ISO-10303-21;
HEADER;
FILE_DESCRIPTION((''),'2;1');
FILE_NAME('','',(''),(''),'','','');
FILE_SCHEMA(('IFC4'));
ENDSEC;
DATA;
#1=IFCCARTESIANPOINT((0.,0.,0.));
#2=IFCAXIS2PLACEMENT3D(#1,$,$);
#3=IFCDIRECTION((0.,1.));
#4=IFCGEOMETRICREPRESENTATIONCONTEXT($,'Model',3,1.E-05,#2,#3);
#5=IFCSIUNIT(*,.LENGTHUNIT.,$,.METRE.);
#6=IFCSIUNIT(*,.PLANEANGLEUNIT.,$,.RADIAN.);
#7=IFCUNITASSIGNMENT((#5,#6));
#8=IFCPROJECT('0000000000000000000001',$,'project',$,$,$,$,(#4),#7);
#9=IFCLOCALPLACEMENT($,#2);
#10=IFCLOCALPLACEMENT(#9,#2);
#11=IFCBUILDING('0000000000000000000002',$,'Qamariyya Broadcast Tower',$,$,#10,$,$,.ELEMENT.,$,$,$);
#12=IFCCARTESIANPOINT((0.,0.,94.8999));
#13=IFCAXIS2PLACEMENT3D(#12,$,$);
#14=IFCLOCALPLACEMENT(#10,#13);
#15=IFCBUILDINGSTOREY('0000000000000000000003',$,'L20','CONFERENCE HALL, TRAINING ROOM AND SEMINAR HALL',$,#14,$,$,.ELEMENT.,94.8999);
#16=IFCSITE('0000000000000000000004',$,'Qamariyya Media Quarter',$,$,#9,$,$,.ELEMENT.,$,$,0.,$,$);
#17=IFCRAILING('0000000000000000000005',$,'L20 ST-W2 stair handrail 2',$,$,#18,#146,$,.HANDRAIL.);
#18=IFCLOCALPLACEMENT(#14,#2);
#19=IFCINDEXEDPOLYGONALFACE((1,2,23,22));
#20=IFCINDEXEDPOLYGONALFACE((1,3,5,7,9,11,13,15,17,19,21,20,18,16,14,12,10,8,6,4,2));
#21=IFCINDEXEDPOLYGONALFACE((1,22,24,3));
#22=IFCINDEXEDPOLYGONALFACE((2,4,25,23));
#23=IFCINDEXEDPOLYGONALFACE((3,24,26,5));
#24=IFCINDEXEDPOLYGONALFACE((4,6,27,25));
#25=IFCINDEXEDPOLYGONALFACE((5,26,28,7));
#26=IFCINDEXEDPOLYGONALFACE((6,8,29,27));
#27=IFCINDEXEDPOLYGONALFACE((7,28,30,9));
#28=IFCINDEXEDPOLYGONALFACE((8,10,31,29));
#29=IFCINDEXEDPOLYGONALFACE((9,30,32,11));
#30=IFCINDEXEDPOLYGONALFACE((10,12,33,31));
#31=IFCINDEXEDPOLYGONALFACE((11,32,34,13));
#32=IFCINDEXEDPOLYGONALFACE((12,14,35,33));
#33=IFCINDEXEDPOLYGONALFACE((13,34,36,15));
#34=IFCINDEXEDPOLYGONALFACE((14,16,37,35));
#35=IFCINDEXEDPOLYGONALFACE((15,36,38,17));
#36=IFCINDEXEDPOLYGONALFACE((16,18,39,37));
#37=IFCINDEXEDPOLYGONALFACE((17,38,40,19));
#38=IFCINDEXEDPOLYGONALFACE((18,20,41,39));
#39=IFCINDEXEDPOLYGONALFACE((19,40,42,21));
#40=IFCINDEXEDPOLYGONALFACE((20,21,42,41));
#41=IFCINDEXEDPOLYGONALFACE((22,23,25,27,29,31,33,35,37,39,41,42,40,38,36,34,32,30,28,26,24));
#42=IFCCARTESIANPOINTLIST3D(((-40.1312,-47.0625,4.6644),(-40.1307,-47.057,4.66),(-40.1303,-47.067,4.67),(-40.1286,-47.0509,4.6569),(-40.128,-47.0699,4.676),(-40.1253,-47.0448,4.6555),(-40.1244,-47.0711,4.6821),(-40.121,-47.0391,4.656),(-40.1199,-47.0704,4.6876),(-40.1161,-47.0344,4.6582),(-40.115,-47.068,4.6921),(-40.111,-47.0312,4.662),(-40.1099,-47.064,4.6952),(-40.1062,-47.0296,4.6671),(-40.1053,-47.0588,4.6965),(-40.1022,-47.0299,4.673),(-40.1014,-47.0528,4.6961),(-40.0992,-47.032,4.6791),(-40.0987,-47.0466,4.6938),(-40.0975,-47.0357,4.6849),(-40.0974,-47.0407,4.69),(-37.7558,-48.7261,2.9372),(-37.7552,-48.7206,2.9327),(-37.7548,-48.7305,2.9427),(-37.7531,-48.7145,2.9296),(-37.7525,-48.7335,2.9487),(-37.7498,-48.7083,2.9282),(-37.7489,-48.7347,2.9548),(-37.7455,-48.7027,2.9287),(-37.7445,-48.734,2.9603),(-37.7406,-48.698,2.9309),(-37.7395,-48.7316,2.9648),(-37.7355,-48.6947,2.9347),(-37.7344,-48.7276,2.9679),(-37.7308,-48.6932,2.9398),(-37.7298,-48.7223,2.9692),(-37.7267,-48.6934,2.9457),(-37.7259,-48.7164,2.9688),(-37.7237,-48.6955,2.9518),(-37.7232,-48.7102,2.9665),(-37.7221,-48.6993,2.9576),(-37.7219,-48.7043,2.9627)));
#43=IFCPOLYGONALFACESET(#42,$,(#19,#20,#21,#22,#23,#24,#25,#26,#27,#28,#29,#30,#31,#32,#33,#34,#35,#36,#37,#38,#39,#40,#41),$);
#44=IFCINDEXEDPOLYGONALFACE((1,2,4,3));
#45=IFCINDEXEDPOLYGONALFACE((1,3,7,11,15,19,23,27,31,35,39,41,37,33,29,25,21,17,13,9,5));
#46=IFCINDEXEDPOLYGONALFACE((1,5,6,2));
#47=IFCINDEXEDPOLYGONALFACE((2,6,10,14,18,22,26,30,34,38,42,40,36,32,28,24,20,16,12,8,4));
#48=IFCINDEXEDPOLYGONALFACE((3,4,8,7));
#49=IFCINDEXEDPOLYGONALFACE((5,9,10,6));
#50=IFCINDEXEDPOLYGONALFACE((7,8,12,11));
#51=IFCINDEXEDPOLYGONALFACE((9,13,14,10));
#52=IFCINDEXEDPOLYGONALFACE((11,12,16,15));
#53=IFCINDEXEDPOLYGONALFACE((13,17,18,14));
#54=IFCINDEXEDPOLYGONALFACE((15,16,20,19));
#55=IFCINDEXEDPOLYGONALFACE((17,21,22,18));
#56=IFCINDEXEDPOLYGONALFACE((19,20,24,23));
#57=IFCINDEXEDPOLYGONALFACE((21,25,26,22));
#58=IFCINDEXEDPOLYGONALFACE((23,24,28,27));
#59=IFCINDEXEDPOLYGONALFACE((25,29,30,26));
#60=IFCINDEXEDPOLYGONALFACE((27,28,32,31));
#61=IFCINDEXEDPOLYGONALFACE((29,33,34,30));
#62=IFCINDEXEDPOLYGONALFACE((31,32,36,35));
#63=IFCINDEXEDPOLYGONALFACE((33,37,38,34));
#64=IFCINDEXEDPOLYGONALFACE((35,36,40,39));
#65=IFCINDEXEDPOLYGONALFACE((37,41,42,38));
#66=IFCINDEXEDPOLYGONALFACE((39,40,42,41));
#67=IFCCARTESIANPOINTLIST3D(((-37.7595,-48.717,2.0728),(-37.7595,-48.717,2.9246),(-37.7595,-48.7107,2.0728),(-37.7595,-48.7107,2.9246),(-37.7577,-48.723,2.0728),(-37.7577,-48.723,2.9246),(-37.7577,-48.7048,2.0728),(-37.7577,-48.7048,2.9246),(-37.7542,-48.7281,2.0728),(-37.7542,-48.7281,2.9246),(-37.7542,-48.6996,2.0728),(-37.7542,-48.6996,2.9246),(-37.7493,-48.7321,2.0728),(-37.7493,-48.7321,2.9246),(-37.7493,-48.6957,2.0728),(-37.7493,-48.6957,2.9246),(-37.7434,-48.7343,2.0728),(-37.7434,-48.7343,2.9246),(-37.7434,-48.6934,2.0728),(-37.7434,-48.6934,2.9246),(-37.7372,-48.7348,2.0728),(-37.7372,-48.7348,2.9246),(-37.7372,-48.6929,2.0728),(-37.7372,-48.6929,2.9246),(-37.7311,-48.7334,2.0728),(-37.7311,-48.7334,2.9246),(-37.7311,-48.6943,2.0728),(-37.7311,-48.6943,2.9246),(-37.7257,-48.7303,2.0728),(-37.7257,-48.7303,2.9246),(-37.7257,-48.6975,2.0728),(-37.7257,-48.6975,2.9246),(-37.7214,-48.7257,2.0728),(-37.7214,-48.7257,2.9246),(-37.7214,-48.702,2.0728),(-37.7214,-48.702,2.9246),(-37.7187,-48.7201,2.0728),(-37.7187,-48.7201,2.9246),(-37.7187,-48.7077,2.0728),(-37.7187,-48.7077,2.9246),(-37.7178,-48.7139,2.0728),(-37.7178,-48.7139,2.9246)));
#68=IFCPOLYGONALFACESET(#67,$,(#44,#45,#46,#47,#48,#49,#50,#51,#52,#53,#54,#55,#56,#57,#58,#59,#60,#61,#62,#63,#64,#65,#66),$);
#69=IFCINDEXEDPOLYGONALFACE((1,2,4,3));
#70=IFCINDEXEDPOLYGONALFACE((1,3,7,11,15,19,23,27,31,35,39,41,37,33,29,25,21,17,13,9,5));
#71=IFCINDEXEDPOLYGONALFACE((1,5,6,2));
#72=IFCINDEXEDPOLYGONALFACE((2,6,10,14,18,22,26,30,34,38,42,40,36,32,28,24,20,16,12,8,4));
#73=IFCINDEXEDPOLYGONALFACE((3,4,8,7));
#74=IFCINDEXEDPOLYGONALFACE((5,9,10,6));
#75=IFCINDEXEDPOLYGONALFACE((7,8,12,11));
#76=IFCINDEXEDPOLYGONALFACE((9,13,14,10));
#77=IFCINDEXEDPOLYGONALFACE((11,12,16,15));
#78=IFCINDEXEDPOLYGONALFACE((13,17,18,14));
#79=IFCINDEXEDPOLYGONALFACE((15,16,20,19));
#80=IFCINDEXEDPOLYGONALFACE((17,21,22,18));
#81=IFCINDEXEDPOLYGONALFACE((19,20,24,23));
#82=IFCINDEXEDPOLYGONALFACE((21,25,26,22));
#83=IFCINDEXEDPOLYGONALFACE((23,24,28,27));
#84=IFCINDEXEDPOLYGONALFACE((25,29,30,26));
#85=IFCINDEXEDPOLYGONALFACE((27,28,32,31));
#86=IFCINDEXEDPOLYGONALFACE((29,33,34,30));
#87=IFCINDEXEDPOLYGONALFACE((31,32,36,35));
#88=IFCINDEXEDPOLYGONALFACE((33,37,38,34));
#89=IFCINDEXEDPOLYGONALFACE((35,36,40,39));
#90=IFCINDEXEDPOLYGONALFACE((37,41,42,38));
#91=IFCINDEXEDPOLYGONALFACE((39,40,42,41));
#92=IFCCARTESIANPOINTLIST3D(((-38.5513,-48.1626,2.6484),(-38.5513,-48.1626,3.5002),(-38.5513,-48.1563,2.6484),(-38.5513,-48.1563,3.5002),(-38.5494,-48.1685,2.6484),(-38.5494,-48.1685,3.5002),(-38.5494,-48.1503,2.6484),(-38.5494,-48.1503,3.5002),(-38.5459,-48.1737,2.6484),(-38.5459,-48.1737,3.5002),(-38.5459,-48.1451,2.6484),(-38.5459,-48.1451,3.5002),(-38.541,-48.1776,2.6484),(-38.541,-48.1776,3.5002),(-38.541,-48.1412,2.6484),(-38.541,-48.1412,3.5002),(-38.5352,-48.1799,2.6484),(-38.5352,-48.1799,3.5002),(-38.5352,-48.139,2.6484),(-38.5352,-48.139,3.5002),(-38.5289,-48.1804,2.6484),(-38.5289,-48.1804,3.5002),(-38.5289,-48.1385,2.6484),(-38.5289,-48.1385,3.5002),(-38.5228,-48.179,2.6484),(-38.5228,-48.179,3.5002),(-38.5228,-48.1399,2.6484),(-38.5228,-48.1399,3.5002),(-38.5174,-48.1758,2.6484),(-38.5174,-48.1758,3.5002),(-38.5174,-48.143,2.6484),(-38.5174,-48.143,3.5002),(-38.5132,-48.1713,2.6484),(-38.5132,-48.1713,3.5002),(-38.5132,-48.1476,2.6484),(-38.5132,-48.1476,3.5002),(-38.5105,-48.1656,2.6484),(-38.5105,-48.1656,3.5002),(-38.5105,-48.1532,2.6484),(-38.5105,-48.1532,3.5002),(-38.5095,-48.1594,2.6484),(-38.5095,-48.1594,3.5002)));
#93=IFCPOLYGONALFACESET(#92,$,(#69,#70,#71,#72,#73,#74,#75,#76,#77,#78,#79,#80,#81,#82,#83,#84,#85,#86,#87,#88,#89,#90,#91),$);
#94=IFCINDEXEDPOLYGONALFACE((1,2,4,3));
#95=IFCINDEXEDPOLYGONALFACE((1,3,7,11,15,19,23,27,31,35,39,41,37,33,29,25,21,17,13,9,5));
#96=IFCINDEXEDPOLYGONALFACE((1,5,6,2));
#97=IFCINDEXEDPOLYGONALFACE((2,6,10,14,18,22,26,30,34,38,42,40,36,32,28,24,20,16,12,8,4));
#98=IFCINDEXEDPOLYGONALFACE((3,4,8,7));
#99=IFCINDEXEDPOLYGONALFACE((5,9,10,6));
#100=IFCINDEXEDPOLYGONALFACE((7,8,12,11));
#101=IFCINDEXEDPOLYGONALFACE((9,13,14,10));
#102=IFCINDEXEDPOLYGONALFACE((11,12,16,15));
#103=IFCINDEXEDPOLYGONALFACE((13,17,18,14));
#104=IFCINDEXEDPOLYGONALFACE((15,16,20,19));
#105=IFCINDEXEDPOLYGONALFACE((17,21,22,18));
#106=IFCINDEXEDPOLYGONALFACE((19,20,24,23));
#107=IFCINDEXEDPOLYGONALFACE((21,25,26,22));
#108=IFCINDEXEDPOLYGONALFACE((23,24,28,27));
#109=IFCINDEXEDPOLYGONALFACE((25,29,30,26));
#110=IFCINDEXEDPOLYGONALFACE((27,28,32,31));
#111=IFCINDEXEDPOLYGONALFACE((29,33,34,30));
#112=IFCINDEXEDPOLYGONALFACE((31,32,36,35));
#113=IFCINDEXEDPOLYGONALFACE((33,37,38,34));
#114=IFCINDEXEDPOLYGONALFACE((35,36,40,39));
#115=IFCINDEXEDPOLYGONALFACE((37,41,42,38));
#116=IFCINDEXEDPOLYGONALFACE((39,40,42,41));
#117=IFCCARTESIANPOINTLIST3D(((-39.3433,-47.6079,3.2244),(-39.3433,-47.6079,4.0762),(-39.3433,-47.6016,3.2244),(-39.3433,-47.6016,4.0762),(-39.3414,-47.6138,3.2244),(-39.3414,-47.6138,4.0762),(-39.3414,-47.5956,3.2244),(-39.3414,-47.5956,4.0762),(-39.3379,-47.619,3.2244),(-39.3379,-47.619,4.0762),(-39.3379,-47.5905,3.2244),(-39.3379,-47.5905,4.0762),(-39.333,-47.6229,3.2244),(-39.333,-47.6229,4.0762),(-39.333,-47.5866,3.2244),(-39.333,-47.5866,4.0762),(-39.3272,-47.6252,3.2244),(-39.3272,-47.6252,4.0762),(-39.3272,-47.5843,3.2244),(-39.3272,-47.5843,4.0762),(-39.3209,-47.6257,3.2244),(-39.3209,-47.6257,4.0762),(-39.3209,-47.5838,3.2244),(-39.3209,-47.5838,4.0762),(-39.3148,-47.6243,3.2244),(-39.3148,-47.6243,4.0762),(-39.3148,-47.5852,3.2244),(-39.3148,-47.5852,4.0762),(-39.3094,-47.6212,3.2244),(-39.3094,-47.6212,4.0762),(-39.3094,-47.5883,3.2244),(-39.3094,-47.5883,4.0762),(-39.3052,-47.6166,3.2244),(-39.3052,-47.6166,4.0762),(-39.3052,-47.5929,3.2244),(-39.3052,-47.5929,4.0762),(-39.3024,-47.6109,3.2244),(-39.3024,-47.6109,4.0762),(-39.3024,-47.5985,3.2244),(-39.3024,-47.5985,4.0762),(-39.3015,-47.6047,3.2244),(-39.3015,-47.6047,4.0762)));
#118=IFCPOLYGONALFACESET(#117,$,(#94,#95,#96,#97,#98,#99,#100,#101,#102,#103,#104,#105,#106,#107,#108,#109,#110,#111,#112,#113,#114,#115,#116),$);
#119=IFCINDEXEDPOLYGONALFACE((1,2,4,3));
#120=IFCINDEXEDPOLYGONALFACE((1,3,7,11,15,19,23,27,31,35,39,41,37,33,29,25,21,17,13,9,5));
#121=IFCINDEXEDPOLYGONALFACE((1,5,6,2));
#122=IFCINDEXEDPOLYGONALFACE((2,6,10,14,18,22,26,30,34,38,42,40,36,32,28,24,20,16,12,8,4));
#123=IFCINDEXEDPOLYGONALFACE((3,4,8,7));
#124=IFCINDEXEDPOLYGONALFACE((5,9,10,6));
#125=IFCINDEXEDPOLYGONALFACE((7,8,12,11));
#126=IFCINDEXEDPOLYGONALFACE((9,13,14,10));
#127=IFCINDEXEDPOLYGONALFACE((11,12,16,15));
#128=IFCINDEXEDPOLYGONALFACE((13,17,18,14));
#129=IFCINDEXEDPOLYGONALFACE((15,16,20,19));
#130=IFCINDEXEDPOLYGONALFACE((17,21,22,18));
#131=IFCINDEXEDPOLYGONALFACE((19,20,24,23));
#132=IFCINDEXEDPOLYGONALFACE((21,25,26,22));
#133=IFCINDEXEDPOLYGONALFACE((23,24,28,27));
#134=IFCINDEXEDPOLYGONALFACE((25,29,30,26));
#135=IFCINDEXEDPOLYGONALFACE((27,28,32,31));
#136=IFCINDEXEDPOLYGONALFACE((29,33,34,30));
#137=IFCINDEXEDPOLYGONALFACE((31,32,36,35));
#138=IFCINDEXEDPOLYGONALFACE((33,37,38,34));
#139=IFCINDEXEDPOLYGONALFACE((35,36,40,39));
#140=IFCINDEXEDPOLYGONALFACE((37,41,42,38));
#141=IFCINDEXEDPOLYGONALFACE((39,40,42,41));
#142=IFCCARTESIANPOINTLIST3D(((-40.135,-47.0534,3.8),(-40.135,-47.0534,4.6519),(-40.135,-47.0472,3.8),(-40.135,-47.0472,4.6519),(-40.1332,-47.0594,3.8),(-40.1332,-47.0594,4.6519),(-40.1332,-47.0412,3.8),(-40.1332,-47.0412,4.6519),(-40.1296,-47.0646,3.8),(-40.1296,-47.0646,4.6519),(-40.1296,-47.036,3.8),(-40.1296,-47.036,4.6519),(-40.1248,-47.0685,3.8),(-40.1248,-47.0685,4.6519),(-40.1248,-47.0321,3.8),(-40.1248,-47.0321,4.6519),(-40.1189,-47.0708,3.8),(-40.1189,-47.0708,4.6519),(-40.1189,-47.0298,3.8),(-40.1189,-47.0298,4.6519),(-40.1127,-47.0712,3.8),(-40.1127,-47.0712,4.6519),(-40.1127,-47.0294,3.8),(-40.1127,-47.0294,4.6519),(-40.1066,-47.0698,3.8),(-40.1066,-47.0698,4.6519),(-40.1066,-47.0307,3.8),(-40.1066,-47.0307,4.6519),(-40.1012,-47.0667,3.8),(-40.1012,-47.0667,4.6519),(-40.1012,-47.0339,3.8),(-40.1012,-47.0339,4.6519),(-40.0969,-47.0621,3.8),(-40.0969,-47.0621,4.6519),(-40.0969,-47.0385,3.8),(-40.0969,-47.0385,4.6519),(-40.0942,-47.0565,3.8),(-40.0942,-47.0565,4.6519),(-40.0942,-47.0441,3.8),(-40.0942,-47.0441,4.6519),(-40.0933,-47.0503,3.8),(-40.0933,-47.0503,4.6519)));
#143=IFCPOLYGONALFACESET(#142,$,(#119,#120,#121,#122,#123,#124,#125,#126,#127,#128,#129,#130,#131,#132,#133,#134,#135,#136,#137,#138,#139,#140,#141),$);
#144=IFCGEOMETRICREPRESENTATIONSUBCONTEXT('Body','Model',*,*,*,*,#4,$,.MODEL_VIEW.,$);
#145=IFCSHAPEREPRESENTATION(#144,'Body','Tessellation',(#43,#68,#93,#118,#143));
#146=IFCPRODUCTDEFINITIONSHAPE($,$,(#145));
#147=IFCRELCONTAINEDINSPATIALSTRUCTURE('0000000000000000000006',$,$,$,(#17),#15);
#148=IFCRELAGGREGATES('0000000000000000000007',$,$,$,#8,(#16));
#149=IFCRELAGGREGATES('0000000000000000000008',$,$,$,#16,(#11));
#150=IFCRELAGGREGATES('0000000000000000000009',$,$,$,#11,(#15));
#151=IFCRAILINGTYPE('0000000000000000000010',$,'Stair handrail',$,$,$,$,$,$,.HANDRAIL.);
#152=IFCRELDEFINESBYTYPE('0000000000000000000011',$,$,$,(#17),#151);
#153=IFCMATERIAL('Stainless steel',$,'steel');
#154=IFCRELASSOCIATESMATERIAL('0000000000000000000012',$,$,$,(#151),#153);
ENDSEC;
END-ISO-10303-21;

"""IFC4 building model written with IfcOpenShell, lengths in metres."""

from ifc_helpers import new_model, si_unit, direction, frame, origin, origin_2d, place, context, subcontext, project, spatial, circle, extrude, material, type_object, element, save


model = new_model("IFC4")

# Units and contexts
model_context = context("Model", 3, precision=1e-05, world=origin(), true_north=direction((0.0, 1.0)))
body_context = subcontext(model_context, "Body", "Model", "MODEL_VIEW")
ifc_project = project(units=[si_unit("LENGTHUNIT", "METRE"), si_unit("PLANEANGLEUNIT", "RADIAN")], contexts=[model_context])

# Site, building, storey
site_placement = place(None, origin())
site = spatial("IfcSite", under=ifc_project, at=site_placement, Name="Qamariyya Media Quarter", CompositionType="ELEMENT", RefElevation=0.0)
building_placement = place(site_placement, origin())
building = spatial("IfcBuilding", under=site, at=building_placement, Name="Qamariyya Broadcast Tower", CompositionType="ELEMENT")
storey_placement = place(building_placement, frame((0.0, 0.0, 94.8999)))
storey = spatial("IfcBuildingStorey", under=building, at=storey_placement, Name="L20", Description="CONFERENCE HALL, TRAINING ROOM AND SEMINAR HALL", CompositionType="ELEMENT", Elevation=94.8999)

# Railing
ifc_material_1 = material(Name="Stainless steel", Category="steel")
railing_type_1 = type_object("IfcRailingType", Name="Stair handrail", PredefinedType="HANDRAIL", material=ifc_material_1)
railing_1_placement = place(storey_placement, frame((-37.7388, -48.7139, 2.0728)))
element("IfcRailing", 1, at=railing_1_placement, inside=storey, type_object=railing_type_1, Name="L20 ST-W2 stair handrail 2", PredefinedType="HANDRAIL", context=body_context, shape_type="SweptSolid", body=[
    extrude(circle(Radius=0.0239, at=origin_2d()), frame((0.0, 0.0, 0.876), z_axis=(-0.703745, 0.492838, 0.511716), x_axis=(-0.573632, -0.819113, 0.0)), (0.0, 0.0, 1.0), 3.3755),
    extrude(circle(Radius=0.021, at=origin_2d()), origin(), (0.0, 0.0, 1.0), 0.8518),
    extrude(circle(Radius=0.021, at=origin_2d()), frame((-0.7917, 0.5544, 0.5757)), (0.0, 0.0, 1.0), 0.8518),
    extrude(circle(Radius=0.021, at=origin_2d()), frame((-1.5837, 1.1091, 1.1516)), (0.0, 0.0, 1.0), 0.8518),
    extrude(circle(Radius=0.021, at=origin_2d()), frame((-2.3755, 1.6636, 1.7273)), (0.0, 0.0, 1.0), 0.8518),
])

save(model, "model.ifc")
